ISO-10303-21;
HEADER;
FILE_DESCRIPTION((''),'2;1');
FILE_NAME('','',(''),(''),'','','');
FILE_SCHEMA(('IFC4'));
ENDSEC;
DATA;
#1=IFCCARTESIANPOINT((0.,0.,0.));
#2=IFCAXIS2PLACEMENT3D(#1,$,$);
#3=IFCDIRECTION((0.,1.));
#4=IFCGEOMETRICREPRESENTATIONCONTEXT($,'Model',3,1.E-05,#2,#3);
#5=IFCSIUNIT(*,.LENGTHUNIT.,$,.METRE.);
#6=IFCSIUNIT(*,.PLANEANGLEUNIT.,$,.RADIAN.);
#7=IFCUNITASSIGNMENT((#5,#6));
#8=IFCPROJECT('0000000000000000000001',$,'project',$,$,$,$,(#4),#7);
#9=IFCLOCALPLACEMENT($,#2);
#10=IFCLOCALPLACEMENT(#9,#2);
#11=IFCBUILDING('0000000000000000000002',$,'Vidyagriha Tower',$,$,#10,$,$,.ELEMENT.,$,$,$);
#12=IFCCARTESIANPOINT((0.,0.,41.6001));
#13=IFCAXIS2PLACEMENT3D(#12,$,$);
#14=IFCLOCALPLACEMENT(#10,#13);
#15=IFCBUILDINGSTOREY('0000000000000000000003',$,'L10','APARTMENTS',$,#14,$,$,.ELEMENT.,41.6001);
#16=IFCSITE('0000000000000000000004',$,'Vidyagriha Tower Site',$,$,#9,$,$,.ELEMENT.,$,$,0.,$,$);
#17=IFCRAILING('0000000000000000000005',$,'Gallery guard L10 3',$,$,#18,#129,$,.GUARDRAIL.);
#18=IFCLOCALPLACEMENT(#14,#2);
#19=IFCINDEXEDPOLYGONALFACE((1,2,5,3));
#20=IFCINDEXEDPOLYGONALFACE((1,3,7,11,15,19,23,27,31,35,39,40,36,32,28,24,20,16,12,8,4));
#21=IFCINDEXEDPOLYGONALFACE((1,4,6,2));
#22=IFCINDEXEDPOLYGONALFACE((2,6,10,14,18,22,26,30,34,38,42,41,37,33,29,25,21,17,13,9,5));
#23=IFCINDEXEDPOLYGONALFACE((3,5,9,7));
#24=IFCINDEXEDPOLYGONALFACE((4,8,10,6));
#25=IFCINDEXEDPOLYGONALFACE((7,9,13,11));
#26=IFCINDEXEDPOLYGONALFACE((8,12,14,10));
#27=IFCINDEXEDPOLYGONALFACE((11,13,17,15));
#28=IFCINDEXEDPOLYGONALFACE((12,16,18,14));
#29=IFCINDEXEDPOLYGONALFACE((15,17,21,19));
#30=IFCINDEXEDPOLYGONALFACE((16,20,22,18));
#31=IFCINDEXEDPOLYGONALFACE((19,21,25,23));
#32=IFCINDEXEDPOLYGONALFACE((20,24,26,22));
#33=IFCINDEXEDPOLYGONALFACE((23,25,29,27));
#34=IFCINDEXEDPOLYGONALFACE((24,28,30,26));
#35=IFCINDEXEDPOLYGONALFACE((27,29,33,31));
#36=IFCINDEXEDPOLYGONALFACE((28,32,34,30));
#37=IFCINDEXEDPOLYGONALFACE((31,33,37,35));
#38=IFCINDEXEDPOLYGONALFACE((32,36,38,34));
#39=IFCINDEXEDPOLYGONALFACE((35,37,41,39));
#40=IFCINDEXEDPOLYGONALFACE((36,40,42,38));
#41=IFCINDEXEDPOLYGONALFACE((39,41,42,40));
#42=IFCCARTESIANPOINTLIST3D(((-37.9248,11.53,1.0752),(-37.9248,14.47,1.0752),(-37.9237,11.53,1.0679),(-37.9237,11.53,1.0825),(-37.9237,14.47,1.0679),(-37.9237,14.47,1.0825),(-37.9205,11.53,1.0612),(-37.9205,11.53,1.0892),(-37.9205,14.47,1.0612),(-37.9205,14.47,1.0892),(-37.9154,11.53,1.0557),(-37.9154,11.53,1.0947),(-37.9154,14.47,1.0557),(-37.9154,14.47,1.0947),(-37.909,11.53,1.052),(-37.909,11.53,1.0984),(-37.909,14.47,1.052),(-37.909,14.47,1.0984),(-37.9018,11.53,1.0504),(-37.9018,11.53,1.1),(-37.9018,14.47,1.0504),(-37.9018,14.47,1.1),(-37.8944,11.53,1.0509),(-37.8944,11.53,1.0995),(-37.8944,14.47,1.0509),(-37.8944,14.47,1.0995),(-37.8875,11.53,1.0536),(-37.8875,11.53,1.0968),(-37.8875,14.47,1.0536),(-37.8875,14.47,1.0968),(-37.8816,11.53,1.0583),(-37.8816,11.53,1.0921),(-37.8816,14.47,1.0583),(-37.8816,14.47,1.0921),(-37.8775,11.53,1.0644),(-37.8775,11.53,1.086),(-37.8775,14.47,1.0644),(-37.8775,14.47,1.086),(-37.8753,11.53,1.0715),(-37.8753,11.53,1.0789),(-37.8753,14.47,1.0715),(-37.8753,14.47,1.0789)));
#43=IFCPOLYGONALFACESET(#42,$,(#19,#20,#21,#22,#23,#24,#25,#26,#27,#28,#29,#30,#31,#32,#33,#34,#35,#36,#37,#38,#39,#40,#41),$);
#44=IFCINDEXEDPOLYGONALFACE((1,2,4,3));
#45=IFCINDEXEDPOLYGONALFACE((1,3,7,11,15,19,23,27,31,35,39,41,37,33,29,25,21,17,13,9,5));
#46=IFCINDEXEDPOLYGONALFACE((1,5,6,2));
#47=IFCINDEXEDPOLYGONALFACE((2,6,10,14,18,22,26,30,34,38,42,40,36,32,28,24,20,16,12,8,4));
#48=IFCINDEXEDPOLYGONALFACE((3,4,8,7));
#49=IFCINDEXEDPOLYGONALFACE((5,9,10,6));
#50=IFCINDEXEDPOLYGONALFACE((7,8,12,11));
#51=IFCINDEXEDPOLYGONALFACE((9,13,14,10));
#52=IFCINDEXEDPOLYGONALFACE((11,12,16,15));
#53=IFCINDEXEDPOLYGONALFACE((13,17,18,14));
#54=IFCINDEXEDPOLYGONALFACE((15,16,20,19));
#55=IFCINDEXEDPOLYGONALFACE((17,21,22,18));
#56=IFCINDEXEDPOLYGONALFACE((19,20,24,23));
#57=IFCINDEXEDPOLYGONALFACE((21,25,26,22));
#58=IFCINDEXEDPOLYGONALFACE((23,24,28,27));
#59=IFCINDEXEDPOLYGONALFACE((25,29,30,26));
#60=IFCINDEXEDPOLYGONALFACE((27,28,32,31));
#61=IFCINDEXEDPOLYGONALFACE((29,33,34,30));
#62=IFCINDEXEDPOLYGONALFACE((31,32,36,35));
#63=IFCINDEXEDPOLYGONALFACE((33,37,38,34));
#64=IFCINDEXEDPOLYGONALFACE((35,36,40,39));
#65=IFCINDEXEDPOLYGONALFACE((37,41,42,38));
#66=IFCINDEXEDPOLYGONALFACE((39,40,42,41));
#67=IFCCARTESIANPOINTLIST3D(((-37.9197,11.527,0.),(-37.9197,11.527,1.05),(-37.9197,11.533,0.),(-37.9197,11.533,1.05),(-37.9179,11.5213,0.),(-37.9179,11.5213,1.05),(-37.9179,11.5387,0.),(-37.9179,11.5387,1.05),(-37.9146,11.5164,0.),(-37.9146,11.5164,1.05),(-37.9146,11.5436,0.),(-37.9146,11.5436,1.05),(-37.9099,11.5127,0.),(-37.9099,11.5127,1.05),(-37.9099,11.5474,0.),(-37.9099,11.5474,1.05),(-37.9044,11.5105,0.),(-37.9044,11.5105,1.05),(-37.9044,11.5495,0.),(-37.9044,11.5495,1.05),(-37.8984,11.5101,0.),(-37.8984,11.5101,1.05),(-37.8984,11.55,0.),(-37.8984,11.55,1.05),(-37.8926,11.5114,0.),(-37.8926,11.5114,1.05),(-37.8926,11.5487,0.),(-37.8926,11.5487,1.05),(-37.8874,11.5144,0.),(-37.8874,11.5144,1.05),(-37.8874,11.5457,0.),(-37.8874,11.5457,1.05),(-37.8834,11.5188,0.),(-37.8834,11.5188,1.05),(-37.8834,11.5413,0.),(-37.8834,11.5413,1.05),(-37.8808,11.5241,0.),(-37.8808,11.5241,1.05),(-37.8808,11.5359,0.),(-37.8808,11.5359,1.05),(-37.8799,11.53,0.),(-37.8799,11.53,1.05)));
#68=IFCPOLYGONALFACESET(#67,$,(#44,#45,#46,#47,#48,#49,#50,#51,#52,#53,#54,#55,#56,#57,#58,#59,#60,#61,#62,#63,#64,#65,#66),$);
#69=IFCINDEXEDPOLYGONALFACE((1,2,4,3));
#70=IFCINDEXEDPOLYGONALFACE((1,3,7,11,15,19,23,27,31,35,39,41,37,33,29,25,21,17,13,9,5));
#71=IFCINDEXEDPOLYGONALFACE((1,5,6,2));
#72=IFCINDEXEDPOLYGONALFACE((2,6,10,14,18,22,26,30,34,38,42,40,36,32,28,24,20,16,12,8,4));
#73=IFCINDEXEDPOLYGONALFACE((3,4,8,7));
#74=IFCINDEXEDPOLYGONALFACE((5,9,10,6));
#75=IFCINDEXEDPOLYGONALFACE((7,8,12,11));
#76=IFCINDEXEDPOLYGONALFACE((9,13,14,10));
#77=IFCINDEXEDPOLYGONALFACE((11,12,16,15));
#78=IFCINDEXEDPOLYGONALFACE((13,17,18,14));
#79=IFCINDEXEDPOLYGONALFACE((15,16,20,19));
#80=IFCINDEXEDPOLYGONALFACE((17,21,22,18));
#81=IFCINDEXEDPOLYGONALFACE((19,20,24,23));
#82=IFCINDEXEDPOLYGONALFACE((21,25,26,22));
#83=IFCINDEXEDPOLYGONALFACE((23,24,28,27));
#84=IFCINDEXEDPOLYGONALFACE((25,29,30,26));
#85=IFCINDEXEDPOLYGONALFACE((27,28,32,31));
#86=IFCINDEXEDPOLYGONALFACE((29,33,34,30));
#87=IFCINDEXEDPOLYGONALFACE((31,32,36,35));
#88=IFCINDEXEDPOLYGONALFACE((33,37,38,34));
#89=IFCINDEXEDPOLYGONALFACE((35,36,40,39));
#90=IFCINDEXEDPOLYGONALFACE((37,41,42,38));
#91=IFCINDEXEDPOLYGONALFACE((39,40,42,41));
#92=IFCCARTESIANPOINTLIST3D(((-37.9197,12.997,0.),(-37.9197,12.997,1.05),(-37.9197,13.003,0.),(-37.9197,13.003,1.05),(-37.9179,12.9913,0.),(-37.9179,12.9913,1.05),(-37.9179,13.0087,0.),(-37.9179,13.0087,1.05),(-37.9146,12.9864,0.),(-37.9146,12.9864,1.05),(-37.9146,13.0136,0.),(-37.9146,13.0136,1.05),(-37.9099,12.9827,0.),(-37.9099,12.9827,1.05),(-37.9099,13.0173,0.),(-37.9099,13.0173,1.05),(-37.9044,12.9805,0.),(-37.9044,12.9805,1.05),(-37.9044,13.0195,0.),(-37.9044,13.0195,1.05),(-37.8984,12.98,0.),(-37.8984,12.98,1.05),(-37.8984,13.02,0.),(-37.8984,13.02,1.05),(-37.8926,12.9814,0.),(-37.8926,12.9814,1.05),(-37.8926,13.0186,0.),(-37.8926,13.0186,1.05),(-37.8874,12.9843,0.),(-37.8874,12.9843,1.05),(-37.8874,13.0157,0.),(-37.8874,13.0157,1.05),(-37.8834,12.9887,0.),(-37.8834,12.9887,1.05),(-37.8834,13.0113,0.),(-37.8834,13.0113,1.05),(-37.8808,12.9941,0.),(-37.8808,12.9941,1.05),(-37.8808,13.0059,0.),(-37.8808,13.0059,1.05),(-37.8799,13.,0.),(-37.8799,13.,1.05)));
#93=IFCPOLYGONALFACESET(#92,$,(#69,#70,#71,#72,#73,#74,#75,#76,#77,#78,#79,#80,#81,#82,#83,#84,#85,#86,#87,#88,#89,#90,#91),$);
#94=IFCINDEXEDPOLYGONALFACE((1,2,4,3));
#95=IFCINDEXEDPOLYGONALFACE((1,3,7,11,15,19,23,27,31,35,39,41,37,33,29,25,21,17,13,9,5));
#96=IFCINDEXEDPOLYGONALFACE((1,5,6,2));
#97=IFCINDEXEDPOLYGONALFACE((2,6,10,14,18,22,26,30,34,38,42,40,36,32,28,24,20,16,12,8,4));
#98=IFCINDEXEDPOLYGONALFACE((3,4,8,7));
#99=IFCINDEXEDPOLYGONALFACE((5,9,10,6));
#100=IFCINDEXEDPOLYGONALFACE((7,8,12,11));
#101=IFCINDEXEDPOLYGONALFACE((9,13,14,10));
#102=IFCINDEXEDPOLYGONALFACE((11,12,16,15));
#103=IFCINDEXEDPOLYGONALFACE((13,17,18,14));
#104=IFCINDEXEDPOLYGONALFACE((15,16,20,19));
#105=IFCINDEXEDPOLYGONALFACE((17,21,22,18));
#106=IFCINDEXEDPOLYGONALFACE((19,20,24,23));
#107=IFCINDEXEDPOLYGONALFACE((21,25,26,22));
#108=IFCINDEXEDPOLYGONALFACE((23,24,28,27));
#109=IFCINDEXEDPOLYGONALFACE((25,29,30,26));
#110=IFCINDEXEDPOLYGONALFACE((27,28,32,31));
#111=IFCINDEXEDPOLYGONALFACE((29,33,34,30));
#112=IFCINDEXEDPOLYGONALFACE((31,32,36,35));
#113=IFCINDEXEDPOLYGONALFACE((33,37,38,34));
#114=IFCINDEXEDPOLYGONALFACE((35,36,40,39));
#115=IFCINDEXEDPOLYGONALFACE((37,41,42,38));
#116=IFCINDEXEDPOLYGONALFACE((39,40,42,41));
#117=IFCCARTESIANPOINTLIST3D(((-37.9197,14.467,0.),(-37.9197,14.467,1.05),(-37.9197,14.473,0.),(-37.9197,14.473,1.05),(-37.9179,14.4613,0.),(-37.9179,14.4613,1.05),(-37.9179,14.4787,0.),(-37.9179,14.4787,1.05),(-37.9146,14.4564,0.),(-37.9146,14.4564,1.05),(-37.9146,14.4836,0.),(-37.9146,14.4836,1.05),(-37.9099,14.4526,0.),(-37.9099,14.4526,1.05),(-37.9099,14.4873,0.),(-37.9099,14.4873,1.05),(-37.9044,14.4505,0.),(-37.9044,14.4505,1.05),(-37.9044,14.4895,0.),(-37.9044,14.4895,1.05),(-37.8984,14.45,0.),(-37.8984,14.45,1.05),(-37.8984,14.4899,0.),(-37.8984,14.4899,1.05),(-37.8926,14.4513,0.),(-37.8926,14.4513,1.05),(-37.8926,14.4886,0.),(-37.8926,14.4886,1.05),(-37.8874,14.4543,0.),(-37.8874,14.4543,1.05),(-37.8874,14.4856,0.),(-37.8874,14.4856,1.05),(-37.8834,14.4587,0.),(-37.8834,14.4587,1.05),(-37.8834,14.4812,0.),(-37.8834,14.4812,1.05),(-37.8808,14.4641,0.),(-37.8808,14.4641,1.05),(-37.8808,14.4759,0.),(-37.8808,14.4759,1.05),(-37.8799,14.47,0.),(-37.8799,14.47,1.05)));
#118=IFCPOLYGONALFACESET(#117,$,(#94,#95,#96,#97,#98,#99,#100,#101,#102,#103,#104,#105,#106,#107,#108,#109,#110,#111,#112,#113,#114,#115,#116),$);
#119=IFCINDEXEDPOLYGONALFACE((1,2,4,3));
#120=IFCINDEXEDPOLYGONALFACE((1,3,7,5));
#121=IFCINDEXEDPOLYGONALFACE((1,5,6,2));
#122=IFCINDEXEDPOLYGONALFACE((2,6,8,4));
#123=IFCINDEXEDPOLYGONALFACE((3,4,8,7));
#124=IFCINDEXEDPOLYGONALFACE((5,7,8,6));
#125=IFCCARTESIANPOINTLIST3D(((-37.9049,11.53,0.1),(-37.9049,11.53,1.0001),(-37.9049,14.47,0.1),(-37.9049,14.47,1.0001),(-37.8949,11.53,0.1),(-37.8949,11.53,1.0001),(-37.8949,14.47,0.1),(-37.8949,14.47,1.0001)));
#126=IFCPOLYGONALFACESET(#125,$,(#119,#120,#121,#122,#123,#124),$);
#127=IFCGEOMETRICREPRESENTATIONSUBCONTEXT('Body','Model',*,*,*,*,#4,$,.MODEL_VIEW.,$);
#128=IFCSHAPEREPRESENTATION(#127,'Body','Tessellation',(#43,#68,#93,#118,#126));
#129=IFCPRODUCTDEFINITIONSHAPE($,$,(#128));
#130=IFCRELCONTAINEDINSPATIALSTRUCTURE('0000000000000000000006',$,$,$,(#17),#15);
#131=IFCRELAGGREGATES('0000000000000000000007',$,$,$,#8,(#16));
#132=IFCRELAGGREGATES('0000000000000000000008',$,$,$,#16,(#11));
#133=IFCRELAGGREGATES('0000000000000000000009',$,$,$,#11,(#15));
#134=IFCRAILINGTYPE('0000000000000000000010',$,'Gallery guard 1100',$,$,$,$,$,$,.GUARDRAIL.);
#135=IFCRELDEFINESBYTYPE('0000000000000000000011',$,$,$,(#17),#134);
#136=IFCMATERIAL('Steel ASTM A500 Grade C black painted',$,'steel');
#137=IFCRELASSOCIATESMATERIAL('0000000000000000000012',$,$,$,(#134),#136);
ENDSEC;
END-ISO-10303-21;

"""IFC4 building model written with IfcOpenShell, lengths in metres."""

from ifc_helpers import new_model, si_unit, direction, frame, origin, origin_2d, place, context, subcontext, project, spatial, rectangle, circle, extrude, material, type_object, element, save


model = new_model("IFC4")

# Units and contexts
model_context = context("Model", 3, precision=1e-05, world=origin(), true_north=direction((0.0, 1.0)))
body_context = subcontext(model_context, "Body", "Model", "MODEL_VIEW")
ifc_project = project(units=[si_unit("LENGTHUNIT", "METRE"), si_unit("PLANEANGLEUNIT", "RADIAN")], contexts=[model_context])

# Site, building, storey
site_placement = place(None, origin())
site = spatial("IfcSite", under=ifc_project, at=site_placement, Name="Vidyagriha Tower Site", CompositionType="ELEMENT", RefElevation=0.0)
building_placement = place(site_placement, origin())
building = spatial("IfcBuilding", under=site, at=building_placement, Name="Vidyagriha Tower", CompositionType="ELEMENT")
storey_placement = place(building_placement, frame((0.0, 0.0, 41.6001)))
storey = spatial("IfcBuildingStorey", under=building, at=storey_placement, Name="L10", Description="APARTMENTS", CompositionType="ELEMENT", Elevation=41.6001)

# Railing
ifc_material_1 = material(Name="Steel ASTM A500 Grade C black painted", Category="steel")
railing_type_1 = type_object("IfcRailingType", Name="Gallery guard 1100", PredefinedType="GUARDRAIL", material=ifc_material_1)
railing_1_placement = place(storey_placement, frame((-37.8999, 11.53, 0.0)))
element("IfcRailing", 1, at=railing_1_placement, inside=storey, type_object=railing_type_1, Name="Gallery guard L10 3", PredefinedType="GUARDRAIL", context=body_context, shape_type="SweptSolid", body=[
    extrude(circle(Radius=0.0249, at=origin_2d()), frame((0.0, 0.0, 1.0752), z_axis=(0.0, 1.0, 0.0), x_axis=(-1.0, 0.0, 0.0)), (0.0, 0.0, 1.0), 2.9399),
    extrude(circle(Radius=0.02, at=origin_2d()), origin(), (0.0, 0.0, 1.0), 1.05),
    extrude(circle(Radius=0.02, at=origin_2d()), frame((0.0, 1.47, 0.0)), (0.0, 0.0, 1.0), 1.05),
    extrude(circle(Radius=0.02, at=origin_2d()), frame((0.0, 2.9399, 0.0)), (0.0, 0.0, 1.0), 1.05),
    extrude(rectangle(XDim=0.01, YDim=0.9001, at=origin_2d()), frame((0.0, 0.0, 0.55), z_axis=(0.0, 1.0, 0.0), x_axis=(-1.0, 0.0, 0.0)), (0.0, 0.0, 1.0), 2.9399),
])

save(model, "model.ifc")
